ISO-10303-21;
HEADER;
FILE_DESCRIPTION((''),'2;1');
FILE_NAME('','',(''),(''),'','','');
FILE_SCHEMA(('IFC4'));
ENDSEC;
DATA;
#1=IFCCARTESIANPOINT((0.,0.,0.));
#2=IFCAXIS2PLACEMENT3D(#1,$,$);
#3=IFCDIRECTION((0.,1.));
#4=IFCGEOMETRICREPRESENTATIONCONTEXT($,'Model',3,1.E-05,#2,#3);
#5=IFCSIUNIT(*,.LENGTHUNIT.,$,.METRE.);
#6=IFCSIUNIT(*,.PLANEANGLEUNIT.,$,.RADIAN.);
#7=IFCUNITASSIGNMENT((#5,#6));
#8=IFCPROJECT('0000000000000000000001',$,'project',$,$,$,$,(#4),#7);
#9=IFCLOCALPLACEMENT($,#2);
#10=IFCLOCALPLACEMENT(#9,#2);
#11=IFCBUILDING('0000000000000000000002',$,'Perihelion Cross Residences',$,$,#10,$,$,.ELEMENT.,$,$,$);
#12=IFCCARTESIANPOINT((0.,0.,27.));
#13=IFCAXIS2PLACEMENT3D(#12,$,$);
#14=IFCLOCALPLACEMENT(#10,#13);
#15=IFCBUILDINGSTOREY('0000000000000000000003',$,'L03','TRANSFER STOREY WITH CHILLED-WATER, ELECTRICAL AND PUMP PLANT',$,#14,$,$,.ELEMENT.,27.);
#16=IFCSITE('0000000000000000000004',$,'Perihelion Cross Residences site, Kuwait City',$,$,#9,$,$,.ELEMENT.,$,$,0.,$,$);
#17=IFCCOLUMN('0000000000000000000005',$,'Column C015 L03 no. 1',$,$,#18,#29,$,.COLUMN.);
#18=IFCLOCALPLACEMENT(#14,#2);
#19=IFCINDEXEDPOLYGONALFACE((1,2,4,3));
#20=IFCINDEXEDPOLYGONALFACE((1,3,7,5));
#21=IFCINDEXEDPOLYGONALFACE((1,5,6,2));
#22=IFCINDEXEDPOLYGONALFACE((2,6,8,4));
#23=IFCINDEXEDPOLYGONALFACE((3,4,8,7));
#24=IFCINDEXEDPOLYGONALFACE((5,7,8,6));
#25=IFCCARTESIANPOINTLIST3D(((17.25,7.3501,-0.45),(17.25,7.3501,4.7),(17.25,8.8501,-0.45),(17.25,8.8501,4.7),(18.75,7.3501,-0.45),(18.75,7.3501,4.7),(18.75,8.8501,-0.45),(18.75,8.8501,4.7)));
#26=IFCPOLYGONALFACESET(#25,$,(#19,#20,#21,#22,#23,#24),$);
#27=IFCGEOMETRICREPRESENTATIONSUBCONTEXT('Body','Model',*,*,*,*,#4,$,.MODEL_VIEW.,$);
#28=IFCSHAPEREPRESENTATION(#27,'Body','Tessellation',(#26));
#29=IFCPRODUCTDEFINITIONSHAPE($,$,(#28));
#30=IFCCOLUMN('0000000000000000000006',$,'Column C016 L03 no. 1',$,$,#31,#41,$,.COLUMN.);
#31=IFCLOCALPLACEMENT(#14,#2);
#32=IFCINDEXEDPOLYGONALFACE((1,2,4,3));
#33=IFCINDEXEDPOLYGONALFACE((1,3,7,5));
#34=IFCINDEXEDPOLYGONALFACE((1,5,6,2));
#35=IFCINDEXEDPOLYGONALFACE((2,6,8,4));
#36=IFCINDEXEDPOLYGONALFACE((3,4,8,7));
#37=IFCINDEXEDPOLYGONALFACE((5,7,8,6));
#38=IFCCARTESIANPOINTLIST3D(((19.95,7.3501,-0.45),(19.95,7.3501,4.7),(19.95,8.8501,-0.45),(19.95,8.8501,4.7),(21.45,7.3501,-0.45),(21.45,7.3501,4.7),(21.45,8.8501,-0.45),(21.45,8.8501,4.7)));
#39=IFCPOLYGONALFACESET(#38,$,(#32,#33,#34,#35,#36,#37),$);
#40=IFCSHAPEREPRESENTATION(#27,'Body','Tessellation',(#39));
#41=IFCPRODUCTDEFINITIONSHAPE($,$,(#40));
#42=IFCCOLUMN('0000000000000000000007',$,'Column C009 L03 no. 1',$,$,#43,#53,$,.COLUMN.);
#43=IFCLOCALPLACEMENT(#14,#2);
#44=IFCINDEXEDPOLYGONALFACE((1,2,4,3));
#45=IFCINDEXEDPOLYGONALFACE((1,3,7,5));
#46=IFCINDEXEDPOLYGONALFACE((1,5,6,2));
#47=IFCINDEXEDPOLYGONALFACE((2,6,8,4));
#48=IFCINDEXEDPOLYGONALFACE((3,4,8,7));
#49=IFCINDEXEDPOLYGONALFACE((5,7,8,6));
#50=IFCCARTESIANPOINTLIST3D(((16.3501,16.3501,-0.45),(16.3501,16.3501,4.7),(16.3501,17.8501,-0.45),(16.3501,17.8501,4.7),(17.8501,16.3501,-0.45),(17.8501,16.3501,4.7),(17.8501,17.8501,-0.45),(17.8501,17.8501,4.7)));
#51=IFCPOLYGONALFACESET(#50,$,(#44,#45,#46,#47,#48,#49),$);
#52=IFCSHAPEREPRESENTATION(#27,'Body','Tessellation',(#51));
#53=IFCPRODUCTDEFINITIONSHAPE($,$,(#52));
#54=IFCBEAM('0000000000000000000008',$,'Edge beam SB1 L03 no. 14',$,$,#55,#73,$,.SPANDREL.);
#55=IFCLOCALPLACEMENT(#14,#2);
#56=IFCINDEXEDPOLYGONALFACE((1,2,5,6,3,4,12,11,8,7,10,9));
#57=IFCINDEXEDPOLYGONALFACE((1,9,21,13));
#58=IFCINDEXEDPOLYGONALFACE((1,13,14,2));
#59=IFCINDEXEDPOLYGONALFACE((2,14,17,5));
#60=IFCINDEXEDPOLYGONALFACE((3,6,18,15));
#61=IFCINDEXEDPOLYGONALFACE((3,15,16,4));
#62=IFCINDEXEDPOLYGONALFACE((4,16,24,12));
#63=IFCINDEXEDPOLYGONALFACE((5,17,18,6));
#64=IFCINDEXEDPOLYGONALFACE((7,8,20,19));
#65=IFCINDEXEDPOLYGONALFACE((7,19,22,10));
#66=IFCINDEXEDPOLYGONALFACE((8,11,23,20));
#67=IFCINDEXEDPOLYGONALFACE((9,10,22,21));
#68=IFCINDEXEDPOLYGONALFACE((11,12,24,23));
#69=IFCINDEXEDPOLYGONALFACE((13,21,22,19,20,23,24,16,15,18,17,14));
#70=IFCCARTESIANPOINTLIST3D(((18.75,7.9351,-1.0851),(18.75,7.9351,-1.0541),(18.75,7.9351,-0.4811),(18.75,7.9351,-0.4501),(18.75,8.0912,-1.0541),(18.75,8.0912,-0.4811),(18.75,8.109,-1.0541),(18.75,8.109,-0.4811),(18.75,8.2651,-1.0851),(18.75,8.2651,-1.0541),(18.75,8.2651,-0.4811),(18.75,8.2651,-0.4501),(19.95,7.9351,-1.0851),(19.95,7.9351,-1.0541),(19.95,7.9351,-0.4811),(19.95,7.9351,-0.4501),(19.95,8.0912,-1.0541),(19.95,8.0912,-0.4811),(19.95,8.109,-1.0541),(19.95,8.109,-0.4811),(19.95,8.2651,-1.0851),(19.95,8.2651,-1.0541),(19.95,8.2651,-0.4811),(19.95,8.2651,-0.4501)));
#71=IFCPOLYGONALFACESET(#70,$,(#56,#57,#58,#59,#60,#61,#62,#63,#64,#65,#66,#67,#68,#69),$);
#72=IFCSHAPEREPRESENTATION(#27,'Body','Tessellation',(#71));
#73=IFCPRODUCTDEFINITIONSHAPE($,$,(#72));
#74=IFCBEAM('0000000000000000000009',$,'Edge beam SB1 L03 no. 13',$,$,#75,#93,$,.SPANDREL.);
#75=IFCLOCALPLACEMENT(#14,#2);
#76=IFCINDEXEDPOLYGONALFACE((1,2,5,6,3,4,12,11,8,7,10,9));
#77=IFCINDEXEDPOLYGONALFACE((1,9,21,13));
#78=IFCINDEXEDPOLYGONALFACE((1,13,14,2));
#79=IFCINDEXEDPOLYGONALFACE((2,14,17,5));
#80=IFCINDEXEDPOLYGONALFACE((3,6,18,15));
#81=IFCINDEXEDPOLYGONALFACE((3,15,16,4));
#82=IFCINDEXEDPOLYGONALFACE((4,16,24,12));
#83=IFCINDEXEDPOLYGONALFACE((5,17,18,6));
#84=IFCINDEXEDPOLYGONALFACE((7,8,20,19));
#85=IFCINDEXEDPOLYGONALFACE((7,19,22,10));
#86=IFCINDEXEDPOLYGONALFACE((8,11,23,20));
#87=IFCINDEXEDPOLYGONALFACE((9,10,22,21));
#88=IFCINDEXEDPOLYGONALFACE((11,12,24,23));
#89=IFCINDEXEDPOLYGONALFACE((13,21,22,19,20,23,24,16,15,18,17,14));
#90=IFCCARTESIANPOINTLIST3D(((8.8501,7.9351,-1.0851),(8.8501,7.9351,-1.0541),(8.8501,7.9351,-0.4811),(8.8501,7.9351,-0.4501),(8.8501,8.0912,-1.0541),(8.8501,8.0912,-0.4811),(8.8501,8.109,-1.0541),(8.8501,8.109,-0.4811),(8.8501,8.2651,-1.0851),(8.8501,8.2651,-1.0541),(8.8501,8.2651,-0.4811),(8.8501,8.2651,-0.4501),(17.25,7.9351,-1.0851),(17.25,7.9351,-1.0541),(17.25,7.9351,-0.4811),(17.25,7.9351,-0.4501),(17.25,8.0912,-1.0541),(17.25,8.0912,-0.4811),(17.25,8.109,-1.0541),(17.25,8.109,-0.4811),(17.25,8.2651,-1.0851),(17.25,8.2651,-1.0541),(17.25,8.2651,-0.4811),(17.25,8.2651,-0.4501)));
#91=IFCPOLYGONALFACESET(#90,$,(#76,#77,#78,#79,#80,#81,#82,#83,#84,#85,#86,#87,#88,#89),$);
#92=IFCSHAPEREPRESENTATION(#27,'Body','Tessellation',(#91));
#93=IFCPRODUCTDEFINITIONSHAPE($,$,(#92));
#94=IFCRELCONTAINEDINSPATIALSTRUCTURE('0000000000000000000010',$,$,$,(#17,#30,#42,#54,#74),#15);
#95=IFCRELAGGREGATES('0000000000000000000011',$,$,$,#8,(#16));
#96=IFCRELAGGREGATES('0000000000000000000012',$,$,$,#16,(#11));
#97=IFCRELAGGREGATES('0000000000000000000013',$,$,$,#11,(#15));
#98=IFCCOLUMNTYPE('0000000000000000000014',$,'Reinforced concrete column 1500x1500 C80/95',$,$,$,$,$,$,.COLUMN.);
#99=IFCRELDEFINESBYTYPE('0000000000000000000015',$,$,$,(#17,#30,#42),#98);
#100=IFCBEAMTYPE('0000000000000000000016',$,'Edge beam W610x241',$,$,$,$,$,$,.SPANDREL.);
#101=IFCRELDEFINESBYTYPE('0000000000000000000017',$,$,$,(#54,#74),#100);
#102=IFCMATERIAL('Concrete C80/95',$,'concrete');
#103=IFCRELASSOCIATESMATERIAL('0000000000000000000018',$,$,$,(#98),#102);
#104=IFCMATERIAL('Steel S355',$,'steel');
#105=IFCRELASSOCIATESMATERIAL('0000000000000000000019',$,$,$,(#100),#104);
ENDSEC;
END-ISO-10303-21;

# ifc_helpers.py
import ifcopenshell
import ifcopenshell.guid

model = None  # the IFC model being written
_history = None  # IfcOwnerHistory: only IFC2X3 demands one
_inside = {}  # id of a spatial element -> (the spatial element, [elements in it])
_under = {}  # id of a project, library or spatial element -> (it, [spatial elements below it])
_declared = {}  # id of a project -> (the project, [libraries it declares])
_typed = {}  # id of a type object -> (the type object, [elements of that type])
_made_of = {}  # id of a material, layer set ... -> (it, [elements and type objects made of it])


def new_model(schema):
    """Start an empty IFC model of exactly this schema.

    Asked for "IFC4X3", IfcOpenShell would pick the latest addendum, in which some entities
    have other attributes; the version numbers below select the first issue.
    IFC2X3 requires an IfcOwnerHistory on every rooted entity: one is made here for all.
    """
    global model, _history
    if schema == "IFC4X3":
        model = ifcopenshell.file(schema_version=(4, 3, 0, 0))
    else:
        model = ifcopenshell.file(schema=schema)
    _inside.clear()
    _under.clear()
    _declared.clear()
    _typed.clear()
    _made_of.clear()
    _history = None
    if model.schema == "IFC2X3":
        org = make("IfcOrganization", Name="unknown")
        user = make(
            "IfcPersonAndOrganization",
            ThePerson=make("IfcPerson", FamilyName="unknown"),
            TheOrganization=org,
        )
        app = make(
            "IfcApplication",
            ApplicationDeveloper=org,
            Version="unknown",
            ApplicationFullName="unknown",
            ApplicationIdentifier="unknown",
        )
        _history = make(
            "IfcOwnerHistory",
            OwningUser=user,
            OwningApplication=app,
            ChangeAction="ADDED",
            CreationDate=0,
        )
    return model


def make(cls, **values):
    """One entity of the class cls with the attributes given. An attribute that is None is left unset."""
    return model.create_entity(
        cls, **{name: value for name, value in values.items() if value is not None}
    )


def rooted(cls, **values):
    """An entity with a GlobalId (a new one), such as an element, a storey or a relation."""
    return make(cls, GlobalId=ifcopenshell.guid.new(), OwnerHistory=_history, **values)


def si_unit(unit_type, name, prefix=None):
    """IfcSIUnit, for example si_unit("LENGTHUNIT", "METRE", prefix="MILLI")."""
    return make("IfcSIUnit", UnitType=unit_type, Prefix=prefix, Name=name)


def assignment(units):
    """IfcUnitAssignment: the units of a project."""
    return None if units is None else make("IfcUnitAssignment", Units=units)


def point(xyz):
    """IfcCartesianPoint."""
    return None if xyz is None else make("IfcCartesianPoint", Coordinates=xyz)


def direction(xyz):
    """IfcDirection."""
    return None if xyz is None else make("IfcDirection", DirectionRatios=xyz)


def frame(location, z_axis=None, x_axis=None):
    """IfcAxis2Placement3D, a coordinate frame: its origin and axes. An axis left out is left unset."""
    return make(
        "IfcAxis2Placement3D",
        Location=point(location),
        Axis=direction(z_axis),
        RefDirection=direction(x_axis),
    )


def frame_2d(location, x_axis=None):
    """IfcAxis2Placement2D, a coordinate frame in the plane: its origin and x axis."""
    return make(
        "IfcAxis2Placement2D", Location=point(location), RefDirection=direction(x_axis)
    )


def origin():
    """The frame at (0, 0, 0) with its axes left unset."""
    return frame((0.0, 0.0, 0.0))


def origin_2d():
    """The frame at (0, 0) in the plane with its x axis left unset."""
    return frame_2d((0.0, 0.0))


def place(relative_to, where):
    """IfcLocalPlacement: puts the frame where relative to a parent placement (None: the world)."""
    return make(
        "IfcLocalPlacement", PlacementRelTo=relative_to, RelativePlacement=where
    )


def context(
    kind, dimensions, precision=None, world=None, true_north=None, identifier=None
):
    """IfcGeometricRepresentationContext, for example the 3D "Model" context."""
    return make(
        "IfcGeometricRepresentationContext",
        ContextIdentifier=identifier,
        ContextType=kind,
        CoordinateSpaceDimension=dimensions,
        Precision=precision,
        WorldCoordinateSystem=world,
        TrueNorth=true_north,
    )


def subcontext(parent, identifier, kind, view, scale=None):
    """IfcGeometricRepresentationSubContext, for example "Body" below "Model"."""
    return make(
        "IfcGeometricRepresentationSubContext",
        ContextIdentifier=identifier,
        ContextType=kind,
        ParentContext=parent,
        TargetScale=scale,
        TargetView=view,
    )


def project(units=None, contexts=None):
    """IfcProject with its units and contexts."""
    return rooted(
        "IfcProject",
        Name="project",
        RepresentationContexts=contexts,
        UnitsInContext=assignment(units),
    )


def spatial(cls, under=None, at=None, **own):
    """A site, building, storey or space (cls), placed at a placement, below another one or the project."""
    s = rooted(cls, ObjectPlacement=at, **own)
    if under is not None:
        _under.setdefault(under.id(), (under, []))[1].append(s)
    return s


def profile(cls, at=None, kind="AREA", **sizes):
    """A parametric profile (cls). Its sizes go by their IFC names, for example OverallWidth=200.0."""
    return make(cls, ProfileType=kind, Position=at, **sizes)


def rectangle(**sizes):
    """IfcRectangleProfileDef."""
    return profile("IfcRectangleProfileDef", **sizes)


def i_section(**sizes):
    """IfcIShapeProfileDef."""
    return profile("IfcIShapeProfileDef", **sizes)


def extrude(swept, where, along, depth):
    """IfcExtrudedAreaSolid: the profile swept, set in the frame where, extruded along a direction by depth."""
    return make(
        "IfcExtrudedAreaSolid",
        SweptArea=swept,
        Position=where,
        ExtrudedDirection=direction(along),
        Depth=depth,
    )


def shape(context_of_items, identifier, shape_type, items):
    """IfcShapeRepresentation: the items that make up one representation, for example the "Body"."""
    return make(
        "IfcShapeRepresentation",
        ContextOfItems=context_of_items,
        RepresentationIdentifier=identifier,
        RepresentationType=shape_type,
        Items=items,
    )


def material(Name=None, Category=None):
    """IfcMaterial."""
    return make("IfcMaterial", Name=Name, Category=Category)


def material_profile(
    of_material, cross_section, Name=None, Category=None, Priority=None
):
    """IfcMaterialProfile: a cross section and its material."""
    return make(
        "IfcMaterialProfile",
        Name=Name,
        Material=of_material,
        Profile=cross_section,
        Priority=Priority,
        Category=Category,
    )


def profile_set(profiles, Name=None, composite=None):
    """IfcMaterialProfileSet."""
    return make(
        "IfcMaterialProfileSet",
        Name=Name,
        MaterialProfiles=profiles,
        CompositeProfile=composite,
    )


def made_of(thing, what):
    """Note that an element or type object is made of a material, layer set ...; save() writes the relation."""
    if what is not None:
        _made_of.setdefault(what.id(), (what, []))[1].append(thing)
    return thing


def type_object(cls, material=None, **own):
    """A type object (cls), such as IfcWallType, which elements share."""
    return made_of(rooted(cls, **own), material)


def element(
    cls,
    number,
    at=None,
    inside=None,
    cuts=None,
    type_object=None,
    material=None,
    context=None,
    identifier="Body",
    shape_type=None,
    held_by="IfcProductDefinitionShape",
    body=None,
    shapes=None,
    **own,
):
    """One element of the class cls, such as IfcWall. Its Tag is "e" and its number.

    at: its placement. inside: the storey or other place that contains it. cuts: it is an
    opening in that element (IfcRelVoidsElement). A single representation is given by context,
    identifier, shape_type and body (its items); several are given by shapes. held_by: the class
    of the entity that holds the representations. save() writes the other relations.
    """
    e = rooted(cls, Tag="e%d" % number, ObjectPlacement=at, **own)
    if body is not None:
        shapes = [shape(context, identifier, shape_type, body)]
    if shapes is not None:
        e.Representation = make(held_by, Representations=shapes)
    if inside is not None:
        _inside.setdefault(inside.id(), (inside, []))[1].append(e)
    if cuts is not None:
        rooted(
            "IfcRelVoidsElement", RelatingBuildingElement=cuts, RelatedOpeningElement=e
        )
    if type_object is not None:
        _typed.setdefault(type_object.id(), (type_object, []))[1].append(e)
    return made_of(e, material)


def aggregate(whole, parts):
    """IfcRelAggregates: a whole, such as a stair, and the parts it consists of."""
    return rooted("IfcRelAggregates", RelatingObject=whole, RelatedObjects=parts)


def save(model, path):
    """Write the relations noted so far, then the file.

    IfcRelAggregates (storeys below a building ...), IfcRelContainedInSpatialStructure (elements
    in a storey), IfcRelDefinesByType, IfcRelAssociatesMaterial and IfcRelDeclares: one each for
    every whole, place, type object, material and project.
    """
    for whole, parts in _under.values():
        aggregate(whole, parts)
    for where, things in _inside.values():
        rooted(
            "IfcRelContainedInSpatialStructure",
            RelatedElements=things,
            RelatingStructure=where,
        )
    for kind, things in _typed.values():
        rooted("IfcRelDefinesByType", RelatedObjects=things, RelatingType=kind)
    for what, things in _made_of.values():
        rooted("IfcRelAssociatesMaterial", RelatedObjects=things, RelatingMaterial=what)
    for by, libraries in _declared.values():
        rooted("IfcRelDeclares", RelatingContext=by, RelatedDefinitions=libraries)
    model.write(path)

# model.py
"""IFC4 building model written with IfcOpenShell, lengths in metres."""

from ifc_helpers import new_model, si_unit, direction, frame, origin, origin_2d, place, context, subcontext, project, spatial, rectangle, i_section, extrude, material, material_profile, profile_set, type_object, element, save


model = new_model("IFC4")

# Units and contexts
model_context = context("Model", 3, precision=1e-05, world=origin(), true_north=direction((0.0, 1.0)))
body_context = subcontext(model_context, "Body", "Model", "MODEL_VIEW")
ifc_project = project(units=[si_unit("LENGTHUNIT", "METRE"), si_unit("PLANEANGLEUNIT", "RADIAN")], contexts=[model_context])

# Site, building, storey
site_placement = place(None, origin())
site = spatial("IfcSite", under=ifc_project, at=site_placement, Name="Perihelion Cross Residences site, Kuwait City", CompositionType="ELEMENT", RefElevation=0.0)
building_placement = place(site_placement, origin())
building = spatial("IfcBuilding", under=site, at=building_placement, Name="Perihelion Cross Residences", CompositionType="ELEMENT")
storey_placement = place(building_placement, frame((0.0, 0.0, 27.0)))
storey = spatial("IfcBuildingStorey", under=building, at=storey_placement, Name="L03", Description="TRANSFER STOREY WITH CHILLED-WATER, ELECTRICAL AND PUMP PLANT", CompositionType="ELEMENT", Elevation=27.0)

# Columns
ifc_material_1 = material(Name="Concrete C80/95", Category="concrete")
ifc_material_profile_1 = material_profile(ifc_material_1, rectangle(XDim=1.5, YDim=1.5, at=origin_2d()), Name="RC 1500x1500")
ifc_profile_set_1 = profile_set([ifc_material_profile_1], Name="Concrete C80/95")
column_type = type_object("IfcColumnType", Name="Reinforced concrete column 1500x1500 C80/95", PredefinedType="COLUMN", material=ifc_profile_set_1)
for number, where, z_axis, x_axis, name in (
    (1, (18.0, 8.1001, -0.45), (0.0, 0.0, 1.0), (1.0, 0.0, 0.0), "Column C015 L03 no. 1"),
    (2, (20.7, 8.1001, -0.45), (0.0, 0.0, 1.0), (1.0, 0.0, 0.0), "Column C016 L03 no. 1"),
    (3, (17.1001, 17.1001, -0.45), (0.0, 0.0, 1.0), (1.0, 0.0, 0.0), "Column C009 L03 no. 1"),
):
    element("IfcColumn", number, at=place(storey_placement, frame(where, z_axis=z_axis, x_axis=x_axis)), inside=storey, type_object=column_type, Name=name, PredefinedType="COLUMN", context=body_context, shape_type="SweptSolid", body=[
        extrude(rectangle(XDim=1.5, YDim=1.5, at=origin_2d()), origin(), (0.0, 0.0, 1.0), 5.1499),
    ])

# Beams
ifc_material_2 = material(Name="Steel S355", Category="steel")
ifc_material_profile_2 = material_profile(ifc_material_2, i_section(OverallWidth=0.3301, OverallDepth=0.635, WebThickness=0.0178, FlangeThickness=0.031, at=origin_2d()), Name="W610x241")
ifc_profile_set_2 = profile_set([ifc_material_profile_2], Name="Steel S355")
beam_type = type_object("IfcBeamType", Name="Edge beam W610x241", PredefinedType="SPANDREL", material=ifc_profile_set_2)
beam_1_placement = place(storey_placement, frame((19.95, 8.1001, -0.7676), z_axis=(-1.0, 0.0, 0.0), x_axis=(0.0, -1.0, 0.0)))
element("IfcBeam", 4, at=beam_1_placement, inside=storey, type_object=beam_type, Name="Edge beam SB1 L03 no. 14", PredefinedType="SPANDREL", context=body_context, shape_type="SweptSolid", body=[
    extrude(i_section(OverallWidth=0.3301, OverallDepth=0.635, WebThickness=0.0178, FlangeThickness=0.031, at=origin_2d()), origin(), (0.0, 0.0, 1.0), 1.2),
])
beam_2_placement = place(storey_placement, frame((17.25, 8.1001, -0.7676), z_axis=(-1.0, 0.0, 0.0), x_axis=(0.0, -1.0, 0.0)))
element("IfcBeam", 5, at=beam_2_placement, inside=storey, type_object=beam_type, Name="Edge beam SB1 L03 no. 13", PredefinedType="SPANDREL", context=body_context, shape_type="SweptSolid", body=[
    extrude(i_section(OverallWidth=0.3301, OverallDepth=0.635, WebThickness=0.0178, FlangeThickness=0.031, at=origin_2d()), origin(), (0.0, 0.0, 1.0), 8.3999),
])

save(model, "model.ifc")
